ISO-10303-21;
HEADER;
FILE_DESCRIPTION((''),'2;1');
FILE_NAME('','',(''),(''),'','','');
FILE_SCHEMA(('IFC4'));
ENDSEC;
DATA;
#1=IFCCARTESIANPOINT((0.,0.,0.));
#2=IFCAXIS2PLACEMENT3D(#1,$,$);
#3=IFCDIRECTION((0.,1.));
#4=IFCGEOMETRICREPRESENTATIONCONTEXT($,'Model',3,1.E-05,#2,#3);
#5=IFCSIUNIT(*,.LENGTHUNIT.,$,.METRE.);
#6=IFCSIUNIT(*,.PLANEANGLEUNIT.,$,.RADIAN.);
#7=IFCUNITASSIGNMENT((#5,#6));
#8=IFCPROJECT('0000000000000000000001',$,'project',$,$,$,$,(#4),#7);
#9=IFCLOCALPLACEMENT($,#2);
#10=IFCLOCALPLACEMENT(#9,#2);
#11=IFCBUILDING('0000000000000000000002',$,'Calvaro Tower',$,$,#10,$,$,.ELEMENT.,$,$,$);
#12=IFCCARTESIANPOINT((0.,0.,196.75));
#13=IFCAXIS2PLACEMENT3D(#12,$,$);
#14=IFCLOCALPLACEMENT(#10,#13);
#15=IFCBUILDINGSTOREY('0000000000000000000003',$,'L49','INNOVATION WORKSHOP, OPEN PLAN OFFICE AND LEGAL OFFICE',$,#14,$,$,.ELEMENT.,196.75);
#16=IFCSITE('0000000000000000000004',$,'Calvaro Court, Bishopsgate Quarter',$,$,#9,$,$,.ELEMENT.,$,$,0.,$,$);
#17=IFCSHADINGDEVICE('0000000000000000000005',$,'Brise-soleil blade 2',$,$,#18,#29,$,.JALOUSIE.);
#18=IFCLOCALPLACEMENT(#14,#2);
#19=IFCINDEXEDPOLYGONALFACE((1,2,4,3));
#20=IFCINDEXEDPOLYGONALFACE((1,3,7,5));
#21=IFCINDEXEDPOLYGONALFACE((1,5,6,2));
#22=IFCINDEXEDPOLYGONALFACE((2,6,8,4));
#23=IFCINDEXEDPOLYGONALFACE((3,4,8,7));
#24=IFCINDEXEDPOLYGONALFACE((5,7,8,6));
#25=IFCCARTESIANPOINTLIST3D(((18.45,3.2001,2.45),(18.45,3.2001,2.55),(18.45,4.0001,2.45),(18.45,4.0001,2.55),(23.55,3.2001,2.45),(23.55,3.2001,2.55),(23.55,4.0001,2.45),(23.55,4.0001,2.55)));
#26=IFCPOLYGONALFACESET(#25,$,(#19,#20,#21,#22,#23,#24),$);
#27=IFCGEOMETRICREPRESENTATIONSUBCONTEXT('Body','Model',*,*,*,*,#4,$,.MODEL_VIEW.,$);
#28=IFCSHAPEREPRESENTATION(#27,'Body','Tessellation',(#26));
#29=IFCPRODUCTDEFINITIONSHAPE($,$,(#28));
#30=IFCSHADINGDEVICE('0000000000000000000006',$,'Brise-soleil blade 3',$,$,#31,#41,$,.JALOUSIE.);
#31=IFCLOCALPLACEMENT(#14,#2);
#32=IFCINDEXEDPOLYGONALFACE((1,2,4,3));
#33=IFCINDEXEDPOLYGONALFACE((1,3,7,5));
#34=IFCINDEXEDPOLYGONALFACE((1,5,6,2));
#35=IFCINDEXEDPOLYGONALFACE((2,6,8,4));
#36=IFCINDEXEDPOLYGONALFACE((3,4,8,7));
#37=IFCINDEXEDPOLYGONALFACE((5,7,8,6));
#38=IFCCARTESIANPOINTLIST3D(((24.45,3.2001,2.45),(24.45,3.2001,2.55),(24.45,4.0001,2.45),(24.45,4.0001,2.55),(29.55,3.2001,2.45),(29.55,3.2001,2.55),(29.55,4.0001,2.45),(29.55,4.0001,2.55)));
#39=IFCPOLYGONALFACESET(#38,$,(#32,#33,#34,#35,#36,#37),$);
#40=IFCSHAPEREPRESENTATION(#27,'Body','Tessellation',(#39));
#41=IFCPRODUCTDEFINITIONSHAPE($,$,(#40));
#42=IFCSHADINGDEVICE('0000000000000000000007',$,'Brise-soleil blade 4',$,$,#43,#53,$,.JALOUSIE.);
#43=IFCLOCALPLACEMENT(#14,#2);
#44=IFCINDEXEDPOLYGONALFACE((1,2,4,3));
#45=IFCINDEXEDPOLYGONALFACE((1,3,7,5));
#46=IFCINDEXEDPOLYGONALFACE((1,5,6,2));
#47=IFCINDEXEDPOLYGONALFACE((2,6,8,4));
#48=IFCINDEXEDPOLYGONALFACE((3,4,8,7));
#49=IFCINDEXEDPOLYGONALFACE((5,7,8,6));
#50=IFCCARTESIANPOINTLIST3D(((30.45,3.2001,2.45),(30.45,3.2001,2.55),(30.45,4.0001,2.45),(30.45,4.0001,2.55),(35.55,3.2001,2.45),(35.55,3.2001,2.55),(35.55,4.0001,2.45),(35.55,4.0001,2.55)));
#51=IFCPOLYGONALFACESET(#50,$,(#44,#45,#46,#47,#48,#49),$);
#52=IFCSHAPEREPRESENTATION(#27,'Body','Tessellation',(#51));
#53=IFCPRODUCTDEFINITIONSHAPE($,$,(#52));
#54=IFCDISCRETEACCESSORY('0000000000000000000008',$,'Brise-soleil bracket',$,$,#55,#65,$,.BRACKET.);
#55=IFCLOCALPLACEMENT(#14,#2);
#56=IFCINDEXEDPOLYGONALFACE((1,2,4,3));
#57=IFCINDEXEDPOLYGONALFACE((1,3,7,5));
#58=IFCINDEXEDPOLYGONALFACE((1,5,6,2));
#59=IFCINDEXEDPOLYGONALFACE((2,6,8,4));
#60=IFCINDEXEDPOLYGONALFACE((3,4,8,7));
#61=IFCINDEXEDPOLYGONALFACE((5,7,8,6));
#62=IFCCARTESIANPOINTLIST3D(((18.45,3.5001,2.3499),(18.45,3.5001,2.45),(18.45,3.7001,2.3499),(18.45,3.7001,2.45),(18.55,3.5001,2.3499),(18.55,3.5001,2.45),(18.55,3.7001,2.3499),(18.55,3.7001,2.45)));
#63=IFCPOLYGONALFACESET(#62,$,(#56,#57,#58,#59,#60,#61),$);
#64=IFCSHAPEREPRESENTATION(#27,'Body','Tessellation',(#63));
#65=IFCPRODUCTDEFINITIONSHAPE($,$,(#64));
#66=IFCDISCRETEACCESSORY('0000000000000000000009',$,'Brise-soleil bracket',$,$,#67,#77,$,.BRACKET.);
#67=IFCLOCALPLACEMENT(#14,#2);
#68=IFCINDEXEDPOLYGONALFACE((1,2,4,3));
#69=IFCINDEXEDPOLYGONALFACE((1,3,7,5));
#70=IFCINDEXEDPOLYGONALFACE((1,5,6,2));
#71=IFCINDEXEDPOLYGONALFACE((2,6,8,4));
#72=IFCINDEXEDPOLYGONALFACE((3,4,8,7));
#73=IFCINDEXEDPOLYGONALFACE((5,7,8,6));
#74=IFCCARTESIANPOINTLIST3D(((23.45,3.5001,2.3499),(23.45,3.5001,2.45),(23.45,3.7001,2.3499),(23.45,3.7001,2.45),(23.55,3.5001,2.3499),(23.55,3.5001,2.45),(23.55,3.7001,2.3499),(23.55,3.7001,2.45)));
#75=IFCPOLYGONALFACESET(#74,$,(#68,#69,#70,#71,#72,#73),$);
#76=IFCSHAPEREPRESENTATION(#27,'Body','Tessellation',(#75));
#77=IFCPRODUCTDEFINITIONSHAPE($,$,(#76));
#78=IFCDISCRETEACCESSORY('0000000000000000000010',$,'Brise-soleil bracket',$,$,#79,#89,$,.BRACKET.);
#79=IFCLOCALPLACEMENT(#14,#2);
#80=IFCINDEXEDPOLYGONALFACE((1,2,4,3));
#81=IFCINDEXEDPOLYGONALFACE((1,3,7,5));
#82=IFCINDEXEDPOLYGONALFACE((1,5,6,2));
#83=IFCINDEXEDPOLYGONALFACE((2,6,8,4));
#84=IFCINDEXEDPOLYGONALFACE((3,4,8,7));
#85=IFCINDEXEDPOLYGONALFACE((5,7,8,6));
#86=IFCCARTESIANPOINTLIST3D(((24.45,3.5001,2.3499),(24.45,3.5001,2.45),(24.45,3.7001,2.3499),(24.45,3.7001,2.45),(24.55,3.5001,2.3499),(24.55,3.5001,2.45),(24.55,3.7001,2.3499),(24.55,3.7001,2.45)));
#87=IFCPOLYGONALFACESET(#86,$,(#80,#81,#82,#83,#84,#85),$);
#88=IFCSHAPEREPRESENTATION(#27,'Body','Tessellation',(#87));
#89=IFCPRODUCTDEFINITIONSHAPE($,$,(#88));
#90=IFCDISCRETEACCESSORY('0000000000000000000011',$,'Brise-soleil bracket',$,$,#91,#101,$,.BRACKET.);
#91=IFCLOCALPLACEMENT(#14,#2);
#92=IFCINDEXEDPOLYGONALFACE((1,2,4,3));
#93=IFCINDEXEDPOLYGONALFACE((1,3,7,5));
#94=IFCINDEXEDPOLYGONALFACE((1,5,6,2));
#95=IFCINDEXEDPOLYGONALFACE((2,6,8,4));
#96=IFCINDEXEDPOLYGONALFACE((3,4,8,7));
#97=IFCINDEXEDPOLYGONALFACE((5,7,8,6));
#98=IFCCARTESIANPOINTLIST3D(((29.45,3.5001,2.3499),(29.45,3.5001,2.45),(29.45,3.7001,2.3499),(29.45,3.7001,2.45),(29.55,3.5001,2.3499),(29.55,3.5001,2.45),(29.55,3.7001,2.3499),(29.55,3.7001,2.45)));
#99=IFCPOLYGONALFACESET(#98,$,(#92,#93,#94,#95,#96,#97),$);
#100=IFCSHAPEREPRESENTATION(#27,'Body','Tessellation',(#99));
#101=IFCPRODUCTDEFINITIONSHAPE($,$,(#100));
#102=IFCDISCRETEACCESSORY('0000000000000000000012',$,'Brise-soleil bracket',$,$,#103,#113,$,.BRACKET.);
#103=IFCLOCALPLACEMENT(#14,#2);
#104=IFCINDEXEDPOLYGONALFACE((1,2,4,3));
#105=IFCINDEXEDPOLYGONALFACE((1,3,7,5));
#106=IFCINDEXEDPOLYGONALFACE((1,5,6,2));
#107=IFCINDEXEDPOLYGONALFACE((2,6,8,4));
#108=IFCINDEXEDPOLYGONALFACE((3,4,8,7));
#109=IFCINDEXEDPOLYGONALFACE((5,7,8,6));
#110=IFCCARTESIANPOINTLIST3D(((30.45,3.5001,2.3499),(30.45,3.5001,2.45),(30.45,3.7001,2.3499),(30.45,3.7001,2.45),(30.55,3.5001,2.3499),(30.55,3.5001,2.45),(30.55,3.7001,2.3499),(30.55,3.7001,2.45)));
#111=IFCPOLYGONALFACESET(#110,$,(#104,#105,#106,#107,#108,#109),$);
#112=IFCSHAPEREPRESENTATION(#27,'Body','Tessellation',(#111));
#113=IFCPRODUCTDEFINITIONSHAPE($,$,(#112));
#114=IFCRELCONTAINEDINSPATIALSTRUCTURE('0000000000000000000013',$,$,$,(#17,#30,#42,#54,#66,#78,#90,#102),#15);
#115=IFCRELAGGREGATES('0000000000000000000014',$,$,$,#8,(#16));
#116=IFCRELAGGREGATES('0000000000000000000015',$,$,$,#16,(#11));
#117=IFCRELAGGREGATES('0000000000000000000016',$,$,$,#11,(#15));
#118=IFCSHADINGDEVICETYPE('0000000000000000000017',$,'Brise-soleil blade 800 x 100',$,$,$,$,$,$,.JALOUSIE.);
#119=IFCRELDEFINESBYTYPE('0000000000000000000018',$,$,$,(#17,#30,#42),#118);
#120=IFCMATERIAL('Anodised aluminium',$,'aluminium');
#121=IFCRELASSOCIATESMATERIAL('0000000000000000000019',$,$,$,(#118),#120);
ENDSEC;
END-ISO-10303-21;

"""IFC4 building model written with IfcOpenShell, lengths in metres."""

from ifc_helpers import new_model, si_unit, direction, frame, origin, origin_2d, place, context, subcontext, project, spatial, rectangle, extrude, material, material_profile, profile_set, type_object, element, save


model = new_model("IFC4")

# Units and contexts
model_context = context("Model", 3, precision=1e-05, world=origin(), true_north=direction((0.0, 1.0)))
body_context = subcontext(model_context, "Body", "Model", "MODEL_VIEW")
ifc_project = project(units=[si_unit("LENGTHUNIT", "METRE"), si_unit("PLANEANGLEUNIT", "RADIAN")], contexts=[model_context])

# Site, building, storey
site_placement = place(None, origin())
site = spatial("IfcSite", under=ifc_project, at=site_placement, Name="Calvaro Court, Bishopsgate Quarter", CompositionType="ELEMENT", RefElevation=0.0)
building_placement = place(site_placement, origin())
building = spatial("IfcBuilding", under=site, at=building_placement, Name="Calvaro Tower", CompositionType="ELEMENT")
storey_placement = place(building_placement, frame((0.0, 0.0, 196.75)))
storey = spatial("IfcBuildingStorey", under=building, at=storey_placement, Name="L49", Description="INNOVATION WORKSHOP, OPEN PLAN OFFICE AND LEGAL OFFICE", CompositionType="ELEMENT", Elevation=196.75)

# Shading devices
ifc_material_1 = material(Name="Anodised aluminium", Category="aluminium")
ifc_material_profile_1 = material_profile(ifc_material_1, rectangle(XDim=0.8, YDim=0.1001, at=origin_2d()), Name="Brise-soleil blade 800 x 100")
ifc_profile_set_1 = profile_set([ifc_material_profile_1], Name="Anodised aluminium")
shading_device_type = type_object("IfcShadingDeviceType", Name="Brise-soleil blade 800 x 100", PredefinedType="JALOUSIE", material=ifc_profile_set_1)
for number, where, z_axis, x_axis, name in (
    (1, (18.45, 3.6001, 2.5), (1.0, 0.0, 0.0), (0.0, 1.0, 0.0), "Brise-soleil blade 2"),
    (2, (24.45, 3.6001, 2.5), (1.0, 0.0, 0.0), (0.0, 1.0, 0.0), "Brise-soleil blade 3"),
    (3, (30.45, 3.6001, 2.5), (1.0, 0.0, 0.0), (0.0, 1.0, 0.0), "Brise-soleil blade 4"),
):
    element("IfcShadingDevice", number, at=place(storey_placement, frame(where, z_axis=z_axis, x_axis=x_axis)), inside=storey, type_object=shading_device_type, Name=name, PredefinedType="JALOUSIE", context=body_context, shape_type="SweptSolid", body=[
        extrude(rectangle(XDim=0.8, YDim=0.1001, at=origin_2d()), origin(), (0.0, 0.0, 1.0), 5.1001),
    ])

# Discrete accessories
for number, where, z_axis, x_axis, name in (
    (4, (18.5, 3.6001, 2.3499), (0.0, 0.0, 1.0), (1.0, 0.0, 0.0), "Brise-soleil bracket"),
    (5, (23.5, 3.6001, 2.3499), (0.0, 0.0, 1.0), (1.0, 0.0, 0.0), "Brise-soleil bracket"),
    (6, (24.5, 3.6001, 2.3499), (0.0, 0.0, 1.0), (1.0, 0.0, 0.0), "Brise-soleil bracket"),
    (7, (29.5, 3.6001, 2.3499), (0.0, 0.0, 1.0), (1.0, 0.0, 0.0), "Brise-soleil bracket"),
    (8, (30.5, 3.6001, 2.3499), (0.0, 0.0, 1.0), (1.0, 0.0, 0.0), "Brise-soleil bracket"),
):
    element("IfcDiscreteAccessory", number, at=place(storey_placement, frame(where, z_axis=z_axis, x_axis=x_axis)), inside=storey, Name=name, PredefinedType="BRACKET", context=body_context, shape_type="SweptSolid", body=[
        extrude(rectangle(XDim=0.1001, YDim=0.2, at=origin_2d()), origin(), (0.0, 0.0, 1.0), 0.1001),
    ])

save(model, "model.ifc")
